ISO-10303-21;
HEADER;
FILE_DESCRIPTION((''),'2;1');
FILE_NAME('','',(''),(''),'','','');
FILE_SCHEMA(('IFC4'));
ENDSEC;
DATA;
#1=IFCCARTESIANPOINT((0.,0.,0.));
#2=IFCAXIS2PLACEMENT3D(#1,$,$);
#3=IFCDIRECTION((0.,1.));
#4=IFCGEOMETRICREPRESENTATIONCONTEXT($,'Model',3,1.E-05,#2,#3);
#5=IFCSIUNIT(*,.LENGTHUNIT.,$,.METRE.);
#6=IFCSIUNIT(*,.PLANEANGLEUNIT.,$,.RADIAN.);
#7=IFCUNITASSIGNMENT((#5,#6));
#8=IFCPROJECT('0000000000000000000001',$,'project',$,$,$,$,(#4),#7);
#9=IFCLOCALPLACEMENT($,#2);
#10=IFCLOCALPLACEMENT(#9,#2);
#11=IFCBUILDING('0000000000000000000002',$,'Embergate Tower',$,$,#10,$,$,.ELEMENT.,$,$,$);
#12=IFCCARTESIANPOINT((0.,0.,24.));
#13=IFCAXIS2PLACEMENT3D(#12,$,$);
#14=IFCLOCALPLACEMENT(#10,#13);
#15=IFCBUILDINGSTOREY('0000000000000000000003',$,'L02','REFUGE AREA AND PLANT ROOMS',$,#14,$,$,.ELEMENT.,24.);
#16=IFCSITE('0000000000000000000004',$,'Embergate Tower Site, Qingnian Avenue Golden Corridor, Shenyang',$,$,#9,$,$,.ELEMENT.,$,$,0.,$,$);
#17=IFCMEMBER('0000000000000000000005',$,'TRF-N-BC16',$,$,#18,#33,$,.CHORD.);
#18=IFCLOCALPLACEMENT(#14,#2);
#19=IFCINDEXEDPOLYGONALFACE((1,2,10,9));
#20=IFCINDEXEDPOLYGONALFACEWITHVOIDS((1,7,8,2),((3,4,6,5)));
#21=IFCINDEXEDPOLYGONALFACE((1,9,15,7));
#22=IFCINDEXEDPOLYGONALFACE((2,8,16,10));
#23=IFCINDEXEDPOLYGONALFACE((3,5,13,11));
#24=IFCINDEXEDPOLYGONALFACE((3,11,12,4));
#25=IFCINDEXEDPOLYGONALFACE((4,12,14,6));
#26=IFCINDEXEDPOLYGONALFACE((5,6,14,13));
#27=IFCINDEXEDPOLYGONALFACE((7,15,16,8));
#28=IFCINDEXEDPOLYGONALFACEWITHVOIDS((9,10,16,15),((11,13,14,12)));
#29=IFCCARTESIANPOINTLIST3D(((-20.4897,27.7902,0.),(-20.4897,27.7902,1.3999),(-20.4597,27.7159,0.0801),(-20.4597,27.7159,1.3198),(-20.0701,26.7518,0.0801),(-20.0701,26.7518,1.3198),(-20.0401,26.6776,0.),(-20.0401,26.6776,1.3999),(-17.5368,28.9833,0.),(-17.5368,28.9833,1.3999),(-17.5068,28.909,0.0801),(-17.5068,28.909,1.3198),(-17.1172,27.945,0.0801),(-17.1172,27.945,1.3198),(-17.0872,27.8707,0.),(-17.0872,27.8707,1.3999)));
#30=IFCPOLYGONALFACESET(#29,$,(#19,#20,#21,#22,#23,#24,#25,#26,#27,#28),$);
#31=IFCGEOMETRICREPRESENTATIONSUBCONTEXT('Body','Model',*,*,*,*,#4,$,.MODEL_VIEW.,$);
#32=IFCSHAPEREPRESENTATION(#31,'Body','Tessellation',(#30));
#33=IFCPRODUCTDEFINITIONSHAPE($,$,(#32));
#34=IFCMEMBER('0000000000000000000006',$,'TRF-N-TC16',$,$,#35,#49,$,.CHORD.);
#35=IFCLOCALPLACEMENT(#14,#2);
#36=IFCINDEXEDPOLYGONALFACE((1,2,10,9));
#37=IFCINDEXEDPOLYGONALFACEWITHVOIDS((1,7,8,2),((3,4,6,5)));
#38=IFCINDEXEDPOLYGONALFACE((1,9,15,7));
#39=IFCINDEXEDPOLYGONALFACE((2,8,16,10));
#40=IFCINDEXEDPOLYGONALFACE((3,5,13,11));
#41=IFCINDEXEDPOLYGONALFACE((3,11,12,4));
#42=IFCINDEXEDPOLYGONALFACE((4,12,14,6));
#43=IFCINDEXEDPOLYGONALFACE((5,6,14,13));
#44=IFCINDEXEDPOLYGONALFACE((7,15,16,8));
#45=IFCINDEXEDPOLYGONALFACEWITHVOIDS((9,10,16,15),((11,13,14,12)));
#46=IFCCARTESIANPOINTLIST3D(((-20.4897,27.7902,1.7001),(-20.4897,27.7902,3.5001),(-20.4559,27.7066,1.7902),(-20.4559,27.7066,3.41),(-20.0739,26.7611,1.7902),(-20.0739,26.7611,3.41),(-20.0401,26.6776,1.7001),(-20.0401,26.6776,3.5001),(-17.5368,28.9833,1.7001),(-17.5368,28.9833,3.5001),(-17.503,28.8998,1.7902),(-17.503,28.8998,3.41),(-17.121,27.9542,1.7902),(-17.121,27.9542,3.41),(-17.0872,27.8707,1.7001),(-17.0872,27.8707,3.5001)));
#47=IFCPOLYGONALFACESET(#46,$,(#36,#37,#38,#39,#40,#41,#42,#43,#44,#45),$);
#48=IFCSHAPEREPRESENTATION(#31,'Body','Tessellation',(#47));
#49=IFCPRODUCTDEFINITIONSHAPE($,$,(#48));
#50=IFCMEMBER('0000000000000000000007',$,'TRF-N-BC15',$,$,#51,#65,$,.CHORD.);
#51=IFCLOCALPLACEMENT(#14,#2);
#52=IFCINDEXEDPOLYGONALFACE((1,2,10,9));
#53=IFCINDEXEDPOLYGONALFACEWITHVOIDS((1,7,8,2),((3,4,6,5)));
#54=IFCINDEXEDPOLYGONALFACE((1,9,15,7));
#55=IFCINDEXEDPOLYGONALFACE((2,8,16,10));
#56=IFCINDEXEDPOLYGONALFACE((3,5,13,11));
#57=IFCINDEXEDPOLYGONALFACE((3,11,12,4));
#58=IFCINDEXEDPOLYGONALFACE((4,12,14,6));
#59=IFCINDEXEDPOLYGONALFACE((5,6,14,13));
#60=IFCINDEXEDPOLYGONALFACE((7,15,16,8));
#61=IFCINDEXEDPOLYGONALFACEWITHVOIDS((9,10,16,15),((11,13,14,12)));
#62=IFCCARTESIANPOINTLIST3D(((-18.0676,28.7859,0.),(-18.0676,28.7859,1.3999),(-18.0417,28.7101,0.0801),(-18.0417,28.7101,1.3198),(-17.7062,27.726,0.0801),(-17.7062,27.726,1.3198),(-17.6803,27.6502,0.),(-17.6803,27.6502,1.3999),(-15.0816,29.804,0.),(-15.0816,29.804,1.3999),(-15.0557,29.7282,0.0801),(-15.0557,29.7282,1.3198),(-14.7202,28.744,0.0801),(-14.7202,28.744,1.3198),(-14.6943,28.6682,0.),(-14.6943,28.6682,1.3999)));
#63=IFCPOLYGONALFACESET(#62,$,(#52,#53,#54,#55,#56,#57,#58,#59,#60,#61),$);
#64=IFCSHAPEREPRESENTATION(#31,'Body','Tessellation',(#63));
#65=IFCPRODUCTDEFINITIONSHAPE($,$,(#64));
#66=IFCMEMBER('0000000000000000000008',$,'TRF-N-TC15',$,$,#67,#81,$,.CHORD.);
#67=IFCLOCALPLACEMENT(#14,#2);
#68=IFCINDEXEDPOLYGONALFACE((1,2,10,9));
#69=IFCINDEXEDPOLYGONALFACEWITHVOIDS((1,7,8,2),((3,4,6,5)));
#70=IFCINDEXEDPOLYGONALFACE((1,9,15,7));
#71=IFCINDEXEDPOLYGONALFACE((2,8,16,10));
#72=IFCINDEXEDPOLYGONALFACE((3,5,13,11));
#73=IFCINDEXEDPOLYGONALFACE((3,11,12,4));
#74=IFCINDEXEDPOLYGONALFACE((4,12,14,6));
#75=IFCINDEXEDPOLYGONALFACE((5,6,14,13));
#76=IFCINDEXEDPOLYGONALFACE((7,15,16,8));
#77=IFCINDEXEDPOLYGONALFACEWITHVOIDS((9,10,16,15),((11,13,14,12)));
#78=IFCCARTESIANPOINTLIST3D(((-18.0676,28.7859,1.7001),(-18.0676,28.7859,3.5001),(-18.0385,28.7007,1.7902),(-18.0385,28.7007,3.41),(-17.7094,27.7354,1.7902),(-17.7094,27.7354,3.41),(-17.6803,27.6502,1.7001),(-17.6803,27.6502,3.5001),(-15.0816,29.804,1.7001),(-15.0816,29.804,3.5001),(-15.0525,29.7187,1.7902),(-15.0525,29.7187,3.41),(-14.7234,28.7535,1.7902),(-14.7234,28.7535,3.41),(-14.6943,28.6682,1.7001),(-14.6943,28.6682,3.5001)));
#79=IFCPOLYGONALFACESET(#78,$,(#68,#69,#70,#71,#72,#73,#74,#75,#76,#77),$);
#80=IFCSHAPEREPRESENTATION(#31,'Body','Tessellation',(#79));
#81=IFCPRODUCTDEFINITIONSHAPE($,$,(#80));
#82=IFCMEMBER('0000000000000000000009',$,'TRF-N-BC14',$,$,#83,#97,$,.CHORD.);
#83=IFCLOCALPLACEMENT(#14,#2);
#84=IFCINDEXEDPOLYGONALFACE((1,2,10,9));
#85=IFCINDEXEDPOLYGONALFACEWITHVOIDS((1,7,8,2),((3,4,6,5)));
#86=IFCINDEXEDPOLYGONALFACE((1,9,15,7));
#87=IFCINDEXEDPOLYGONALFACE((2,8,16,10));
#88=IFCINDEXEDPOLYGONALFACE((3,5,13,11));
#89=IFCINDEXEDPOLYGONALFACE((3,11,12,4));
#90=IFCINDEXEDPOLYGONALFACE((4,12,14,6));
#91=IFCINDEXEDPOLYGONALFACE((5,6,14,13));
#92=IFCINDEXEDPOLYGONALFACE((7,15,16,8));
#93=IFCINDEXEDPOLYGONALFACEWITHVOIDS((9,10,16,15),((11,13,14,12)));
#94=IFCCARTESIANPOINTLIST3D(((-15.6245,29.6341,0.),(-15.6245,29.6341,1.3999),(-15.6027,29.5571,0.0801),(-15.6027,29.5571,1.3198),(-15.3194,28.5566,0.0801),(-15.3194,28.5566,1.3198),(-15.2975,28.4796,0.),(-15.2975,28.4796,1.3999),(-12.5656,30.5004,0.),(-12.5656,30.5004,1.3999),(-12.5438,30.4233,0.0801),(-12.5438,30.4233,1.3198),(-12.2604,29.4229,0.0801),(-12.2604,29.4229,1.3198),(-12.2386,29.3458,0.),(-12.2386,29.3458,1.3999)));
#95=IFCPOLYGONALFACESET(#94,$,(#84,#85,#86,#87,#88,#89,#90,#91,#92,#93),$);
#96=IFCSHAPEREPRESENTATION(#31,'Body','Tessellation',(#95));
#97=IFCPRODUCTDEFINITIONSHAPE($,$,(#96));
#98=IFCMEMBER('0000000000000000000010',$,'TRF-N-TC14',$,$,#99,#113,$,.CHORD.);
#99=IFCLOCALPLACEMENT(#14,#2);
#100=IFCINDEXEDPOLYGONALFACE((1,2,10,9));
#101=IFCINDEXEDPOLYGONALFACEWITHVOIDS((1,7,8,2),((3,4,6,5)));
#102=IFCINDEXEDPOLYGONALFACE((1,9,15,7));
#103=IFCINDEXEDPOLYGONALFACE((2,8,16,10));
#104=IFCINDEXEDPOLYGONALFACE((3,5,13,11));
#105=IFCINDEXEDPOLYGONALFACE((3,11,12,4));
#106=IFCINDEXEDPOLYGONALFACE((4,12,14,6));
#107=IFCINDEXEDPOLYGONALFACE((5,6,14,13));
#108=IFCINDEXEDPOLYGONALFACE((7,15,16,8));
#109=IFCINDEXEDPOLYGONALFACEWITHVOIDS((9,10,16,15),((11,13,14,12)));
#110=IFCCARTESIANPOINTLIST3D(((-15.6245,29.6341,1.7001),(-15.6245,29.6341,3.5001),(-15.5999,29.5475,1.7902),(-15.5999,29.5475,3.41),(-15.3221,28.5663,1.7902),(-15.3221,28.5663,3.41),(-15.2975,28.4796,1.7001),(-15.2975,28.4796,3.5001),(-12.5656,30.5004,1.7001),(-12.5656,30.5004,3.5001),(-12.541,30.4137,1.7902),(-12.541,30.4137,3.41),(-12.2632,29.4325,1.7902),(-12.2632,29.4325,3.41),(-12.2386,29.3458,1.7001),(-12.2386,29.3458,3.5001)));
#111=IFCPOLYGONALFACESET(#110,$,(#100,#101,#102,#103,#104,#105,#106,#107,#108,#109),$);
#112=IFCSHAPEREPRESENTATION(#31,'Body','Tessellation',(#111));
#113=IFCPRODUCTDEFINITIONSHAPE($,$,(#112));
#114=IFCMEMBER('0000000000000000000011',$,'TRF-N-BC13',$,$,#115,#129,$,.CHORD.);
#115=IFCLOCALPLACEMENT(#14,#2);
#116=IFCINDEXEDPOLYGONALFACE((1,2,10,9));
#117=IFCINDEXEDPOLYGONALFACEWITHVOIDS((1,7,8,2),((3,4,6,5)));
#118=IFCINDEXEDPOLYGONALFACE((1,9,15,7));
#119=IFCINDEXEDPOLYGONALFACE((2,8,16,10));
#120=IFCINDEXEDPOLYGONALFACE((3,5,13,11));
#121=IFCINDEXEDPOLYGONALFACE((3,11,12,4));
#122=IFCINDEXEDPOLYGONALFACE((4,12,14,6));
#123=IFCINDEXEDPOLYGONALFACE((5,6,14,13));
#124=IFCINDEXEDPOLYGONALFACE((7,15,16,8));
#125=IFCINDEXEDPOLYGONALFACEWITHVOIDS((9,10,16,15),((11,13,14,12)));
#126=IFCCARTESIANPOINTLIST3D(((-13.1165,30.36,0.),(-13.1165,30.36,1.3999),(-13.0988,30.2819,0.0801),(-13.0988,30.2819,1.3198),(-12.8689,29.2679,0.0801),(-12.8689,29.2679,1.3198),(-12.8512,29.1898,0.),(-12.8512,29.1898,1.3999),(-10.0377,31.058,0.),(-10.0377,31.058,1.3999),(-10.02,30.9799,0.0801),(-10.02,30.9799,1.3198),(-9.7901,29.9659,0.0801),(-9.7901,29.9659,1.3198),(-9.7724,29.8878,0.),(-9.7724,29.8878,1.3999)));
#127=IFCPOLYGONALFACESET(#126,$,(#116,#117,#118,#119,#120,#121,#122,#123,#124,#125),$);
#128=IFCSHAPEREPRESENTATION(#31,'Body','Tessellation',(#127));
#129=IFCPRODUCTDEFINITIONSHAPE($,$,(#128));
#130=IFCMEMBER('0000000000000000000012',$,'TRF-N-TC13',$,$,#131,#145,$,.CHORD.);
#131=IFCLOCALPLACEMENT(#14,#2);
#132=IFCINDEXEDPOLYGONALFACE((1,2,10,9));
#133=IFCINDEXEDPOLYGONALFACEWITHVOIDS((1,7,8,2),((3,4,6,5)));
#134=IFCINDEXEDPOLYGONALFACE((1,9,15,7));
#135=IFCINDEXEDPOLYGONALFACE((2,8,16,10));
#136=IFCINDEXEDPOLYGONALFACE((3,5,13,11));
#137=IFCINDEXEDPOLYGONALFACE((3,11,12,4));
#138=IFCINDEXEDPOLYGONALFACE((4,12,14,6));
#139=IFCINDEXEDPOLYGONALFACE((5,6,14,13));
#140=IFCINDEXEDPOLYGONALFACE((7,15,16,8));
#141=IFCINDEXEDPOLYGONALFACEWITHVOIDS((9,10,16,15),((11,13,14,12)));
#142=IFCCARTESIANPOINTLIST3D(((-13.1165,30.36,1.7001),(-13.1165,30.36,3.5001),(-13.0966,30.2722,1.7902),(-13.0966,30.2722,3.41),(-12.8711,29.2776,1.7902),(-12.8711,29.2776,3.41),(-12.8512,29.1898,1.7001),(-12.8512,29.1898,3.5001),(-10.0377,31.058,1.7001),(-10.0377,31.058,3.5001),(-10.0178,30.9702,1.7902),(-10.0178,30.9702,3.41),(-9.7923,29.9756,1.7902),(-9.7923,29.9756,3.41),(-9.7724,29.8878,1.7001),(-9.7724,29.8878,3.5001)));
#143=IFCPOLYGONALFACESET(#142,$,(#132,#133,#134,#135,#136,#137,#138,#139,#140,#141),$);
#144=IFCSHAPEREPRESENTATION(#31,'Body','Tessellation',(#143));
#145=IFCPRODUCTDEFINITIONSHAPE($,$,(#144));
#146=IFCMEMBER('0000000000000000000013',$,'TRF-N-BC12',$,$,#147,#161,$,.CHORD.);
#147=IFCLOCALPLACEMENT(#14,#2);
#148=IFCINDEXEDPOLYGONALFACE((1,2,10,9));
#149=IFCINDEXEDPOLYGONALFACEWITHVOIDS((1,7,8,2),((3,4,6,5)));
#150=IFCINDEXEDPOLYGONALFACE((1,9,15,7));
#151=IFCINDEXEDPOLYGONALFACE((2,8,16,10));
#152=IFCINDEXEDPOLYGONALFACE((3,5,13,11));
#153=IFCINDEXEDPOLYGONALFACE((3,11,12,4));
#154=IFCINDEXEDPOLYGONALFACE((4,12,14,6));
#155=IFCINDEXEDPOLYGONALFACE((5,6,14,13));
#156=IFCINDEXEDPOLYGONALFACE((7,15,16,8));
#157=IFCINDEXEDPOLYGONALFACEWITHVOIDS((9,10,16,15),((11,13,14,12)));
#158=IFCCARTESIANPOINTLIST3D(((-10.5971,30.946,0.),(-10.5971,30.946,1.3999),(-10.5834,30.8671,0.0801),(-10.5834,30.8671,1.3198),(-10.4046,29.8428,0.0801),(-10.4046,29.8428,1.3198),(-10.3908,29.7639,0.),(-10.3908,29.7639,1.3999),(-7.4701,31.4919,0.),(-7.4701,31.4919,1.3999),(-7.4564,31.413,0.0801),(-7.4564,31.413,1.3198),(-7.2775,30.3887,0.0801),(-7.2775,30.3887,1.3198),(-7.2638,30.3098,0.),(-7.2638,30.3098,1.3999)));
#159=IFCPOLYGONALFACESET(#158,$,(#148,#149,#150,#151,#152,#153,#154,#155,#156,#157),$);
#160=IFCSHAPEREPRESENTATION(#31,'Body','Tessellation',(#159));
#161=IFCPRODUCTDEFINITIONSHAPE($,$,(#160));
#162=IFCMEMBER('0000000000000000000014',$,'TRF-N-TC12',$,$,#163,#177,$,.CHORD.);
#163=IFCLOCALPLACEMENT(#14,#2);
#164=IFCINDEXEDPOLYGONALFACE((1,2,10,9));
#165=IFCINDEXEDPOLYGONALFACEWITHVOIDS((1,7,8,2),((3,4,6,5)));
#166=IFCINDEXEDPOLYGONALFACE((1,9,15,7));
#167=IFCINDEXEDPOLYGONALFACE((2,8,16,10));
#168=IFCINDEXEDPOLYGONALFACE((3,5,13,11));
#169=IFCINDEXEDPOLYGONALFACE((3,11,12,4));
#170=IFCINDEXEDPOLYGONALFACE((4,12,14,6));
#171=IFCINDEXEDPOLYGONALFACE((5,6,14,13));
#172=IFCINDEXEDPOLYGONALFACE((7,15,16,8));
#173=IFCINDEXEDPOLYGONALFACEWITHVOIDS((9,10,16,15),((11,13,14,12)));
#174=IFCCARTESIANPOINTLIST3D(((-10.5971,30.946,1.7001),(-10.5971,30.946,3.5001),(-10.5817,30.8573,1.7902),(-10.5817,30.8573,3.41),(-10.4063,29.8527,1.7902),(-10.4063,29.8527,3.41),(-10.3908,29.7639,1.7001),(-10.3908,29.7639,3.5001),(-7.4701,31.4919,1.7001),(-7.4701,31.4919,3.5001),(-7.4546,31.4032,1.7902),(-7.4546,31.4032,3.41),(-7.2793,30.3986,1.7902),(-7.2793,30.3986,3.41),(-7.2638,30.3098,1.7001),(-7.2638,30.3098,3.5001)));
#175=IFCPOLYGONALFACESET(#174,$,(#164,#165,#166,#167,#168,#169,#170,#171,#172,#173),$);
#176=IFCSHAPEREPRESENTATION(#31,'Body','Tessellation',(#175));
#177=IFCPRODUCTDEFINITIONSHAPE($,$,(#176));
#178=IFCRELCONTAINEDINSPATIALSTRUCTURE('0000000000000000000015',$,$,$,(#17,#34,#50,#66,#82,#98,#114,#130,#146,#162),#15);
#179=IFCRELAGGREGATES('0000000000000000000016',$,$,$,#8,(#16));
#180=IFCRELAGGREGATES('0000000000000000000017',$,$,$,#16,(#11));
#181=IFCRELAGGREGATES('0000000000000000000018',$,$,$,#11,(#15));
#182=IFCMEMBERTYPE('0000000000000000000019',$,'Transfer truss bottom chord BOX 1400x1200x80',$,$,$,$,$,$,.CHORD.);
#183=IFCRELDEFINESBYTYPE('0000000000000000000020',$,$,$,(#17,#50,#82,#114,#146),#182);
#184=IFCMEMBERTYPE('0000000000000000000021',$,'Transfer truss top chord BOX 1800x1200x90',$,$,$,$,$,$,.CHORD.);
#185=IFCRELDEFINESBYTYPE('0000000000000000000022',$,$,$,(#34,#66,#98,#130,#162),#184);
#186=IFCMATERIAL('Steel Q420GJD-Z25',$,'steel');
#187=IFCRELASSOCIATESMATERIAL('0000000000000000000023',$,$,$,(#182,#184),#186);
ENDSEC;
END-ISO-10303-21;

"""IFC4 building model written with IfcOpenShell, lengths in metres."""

from ifc_helpers import new_model, si_unit, direction, frame, origin, origin_2d, place, context, subcontext, project, spatial, hollow_rectangle, extrude, source, transform, mapped, material, material_profile, profile_set, type_object, element, save


model = new_model("IFC4")

# Units and contexts
model_context = context("Model", 3, precision=1e-05, world=origin(), true_north=direction((0.0, 1.0)))
body_context = subcontext(model_context, "Body", "Model", "MODEL_VIEW")
ifc_project = project(units=[si_unit("LENGTHUNIT", "METRE"), si_unit("PLANEANGLEUNIT", "RADIAN")], contexts=[model_context])

# Site, building, storey
site_placement = place(None, origin())
site = spatial("IfcSite", under=ifc_project, at=site_placement, Name="Embergate Tower Site, Qingnian Avenue Golden Corridor, Shenyang", CompositionType="ELEMENT", RefElevation=0.0)
building_placement = place(site_placement, origin())
building = spatial("IfcBuilding", under=site, at=building_placement, Name="Embergate Tower", CompositionType="ELEMENT")
storey_placement = place(building_placement, frame((0.0, 0.0, 24.0)))
storey = spatial("IfcBuildingStorey", under=building, at=storey_placement, Name="L02", Description="REFUGE AREA AND PLANT ROOMS", CompositionType="ELEMENT", Elevation=24.0)

# Members
ifc_material_1 = material(Name="Steel Q420GJD-Z25", Category="steel")
ifc_material_profile_1 = material_profile(ifc_material_1, hollow_rectangle(XDim=1.2, YDim=1.3999, WallThickness=0.0801, at=origin_2d()), Name="BOX 1400x1200x80")
ifc_profile_set_1 = profile_set([ifc_material_profile_1], Name="Steel Q420 grade GJD-Z25")
member_type_1 = type_object("IfcMemberType", Name="Transfer truss bottom chord BOX 1400x1200x80", PredefinedType="CHORD", material=ifc_profile_set_1)
shared_shape_1 = source(origin(), body_context, "Body", "SweptSolid", [
    extrude(hollow_rectangle(XDim=1.2, YDim=1.3999, WallThickness=0.0801, at=origin_2d()), origin(), (0.0, 0.0, 1.0), 3.1848),
])
member_1_placement = place(storey_placement, frame((-17.312, 28.427, 0.7), z_axis=(-0.927176, -0.374627, 0.0), x_axis=(0.374627, -0.927176, 0.0)))
element("IfcMember", 1, at=member_1_placement, inside=storey, type_object=member_type_1, Name="TRF-N-BC16", PredefinedType="CHORD", context=body_context, shape_type="MappedRepresentation", body=[
    mapped(shared_shape_1, transform((0.0, 0.0, 0.0))),
])
ifc_material_profile_2 = material_profile(ifc_material_1, hollow_rectangle(XDim=1.2, YDim=1.8, WallThickness=0.0901, at=origin_2d()), Name="BOX 1800x1200x90")
ifc_profile_set_2 = profile_set([ifc_material_profile_2], Name="Steel Q420 grade GJD-Z25")
member_type_2 = type_object("IfcMemberType", Name="Transfer truss top chord BOX 1800x1200x90", PredefinedType="CHORD", material=ifc_profile_set_2)
shared_shape_2 = source(origin(), body_context, "Body", "SweptSolid", [
    extrude(hollow_rectangle(XDim=1.2, YDim=1.8, WallThickness=0.0901, at=origin_2d()), origin(), (0.0, 0.0, 1.0), 3.1848),
])
member_2_placement = place(storey_placement, frame((-17.312, 28.427, 2.6001), z_axis=(-0.927176, -0.374627, 0.0), x_axis=(0.374627, -0.927176, 0.0)))
element("IfcMember", 2, at=member_2_placement, inside=storey, type_object=member_type_2, Name="TRF-N-TC16", PredefinedType="CHORD", context=body_context, shape_type="MappedRepresentation", body=[
    mapped(shared_shape_2, transform((0.0, 0.0, 0.0))),
])
shared_shape_3 = source(origin(), body_context, "Body", "SweptSolid", [
    extrude(hollow_rectangle(XDim=1.2, YDim=1.3999, WallThickness=0.0801, at=origin_2d()), origin(), (0.0, 0.0, 1.0), 3.1548),
])
member_3_placement = place(storey_placement, frame((-14.8879, 29.2361, 0.7), z_axis=(-0.946502, -0.322698, 0.0), x_axis=(0.322698, -0.946502, 0.0)))
element("IfcMember", 3, at=member_3_placement, inside=storey, type_object=member_type_1, Name="TRF-N-BC15", PredefinedType="CHORD", context=body_context, shape_type="MappedRepresentation", body=[
    mapped(shared_shape_3, transform((0.0, 0.0, 0.0))),
])
shared_shape_4 = source(origin(), body_context, "Body", "SweptSolid", [
    extrude(hollow_rectangle(XDim=1.2, YDim=1.8, WallThickness=0.0901, at=origin_2d()), origin(), (0.0, 0.0, 1.0), 3.1548),
])
member_4_placement = place(storey_placement, frame((-14.8879, 29.2361, 2.6001), z_axis=(-0.946502, -0.322698, 0.0), x_axis=(0.322698, -0.946502, 0.0)))
element("IfcMember", 4, at=member_4_placement, inside=storey, type_object=member_type_2, Name="TRF-N-TC15", PredefinedType="CHORD", context=body_context, shape_type="MappedRepresentation", body=[
    mapped(shared_shape_4, transform((0.0, 0.0, 0.0))),
])
shared_shape_5 = source(origin(), body_context, "Body", "SweptSolid", [
    extrude(hollow_rectangle(XDim=1.2, YDim=1.3999, WallThickness=0.0801, at=origin_2d()), origin(), (0.0, 0.0, 1.0), 3.1792),
])
member_5_placement = place(storey_placement, frame((-12.4021, 29.9231, 0.7), z_axis=(-0.962165, -0.272469, 0.0), x_axis=(0.272469, -0.962165, 0.0)))
element("IfcMember", 5, at=member_5_placement, inside=storey, type_object=member_type_1, Name="TRF-N-BC14", PredefinedType="CHORD", context=body_context, shape_type="MappedRepresentation", body=[
    mapped(shared_shape_5, transform((0.0, 0.0, 0.0))),
])
shared_shape_6 = source(origin(), body_context, "Body", "SweptSolid", [
    extrude(hollow_rectangle(XDim=1.2, YDim=1.8, WallThickness=0.0901, at=origin_2d()), origin(), (0.0, 0.0, 1.0), 3.1792),
])
member_6_placement = place(storey_placement, frame((-12.4021, 29.9231, 2.6001), z_axis=(-0.962165, -0.272469, 0.0), x_axis=(0.272469, -0.962165, 0.0)))
element("IfcMember", 6, at=member_6_placement, inside=storey, type_object=member_type_2, Name="TRF-N-TC14", PredefinedType="CHORD", context=body_context, shape_type="MappedRepresentation", body=[
    mapped(shared_shape_6, transform((0.0, 0.0, 0.0))),
])
shared_shape_7 = source(origin(), body_context, "Body", "SweptSolid", [
    extrude(hollow_rectangle(XDim=1.2, YDim=1.3999, WallThickness=0.0801, at=origin_2d()), origin(), (0.0, 0.0, 1.0), 3.157),
])
member_7_placement = place(storey_placement, frame((-9.905, 30.4729, 0.7), z_axis=(-0.975252, -0.221096, 0.0), x_axis=(0.221096, -0.975252, 0.0)))
element("IfcMember", 7, at=member_7_placement, inside=storey, type_object=member_type_1, Name="TRF-N-BC13", PredefinedType="CHORD", context=body_context, shape_type="MappedRepresentation", body=[
    mapped(shared_shape_7, transform((0.0, 0.0, 0.0))),
])
shared_shape_8 = source(origin(), body_context, "Body", "SweptSolid", [
    extrude(hollow_rectangle(XDim=1.2, YDim=1.8, WallThickness=0.0901, at=origin_2d()), origin(), (0.0, 0.0, 1.0), 3.157),
])
member_8_placement = place(storey_placement, frame((-9.905, 30.4729, 2.6001), z_axis=(-0.975252, -0.221096, 0.0), x_axis=(0.221096, -0.975252, 0.0)))
element("IfcMember", 8, at=member_8_placement, inside=storey, type_object=member_type_2, Name="TRF-N-TC13", PredefinedType="CHORD", context=body_context, shape_type="MappedRepresentation", body=[
    mapped(shared_shape_8, transform((0.0, 0.0, 0.0))),
])
shared_shape_9 = source(origin(), body_context, "Body", "SweptSolid", [
    extrude(hollow_rectangle(XDim=1.2, YDim=1.3999, WallThickness=0.0801, at=origin_2d()), origin(), (0.0, 0.0, 1.0), 3.1743),
])
member_9_placement = place(storey_placement, frame((-7.3669, 30.9009, 0.7), z_axis=(-0.985101, -0.171977, 0.0), x_axis=(0.171977, -0.985101, 0.0)))
element("IfcMember", 9, at=member_9_placement, inside=storey, type_object=member_type_1, Name="TRF-N-BC12", PredefinedType="CHORD", context=body_context, shape_type="MappedRepresentation", body=[
    mapped(shared_shape_9, transform((0.0, 0.0, 0.0))),
])
shared_shape_10 = source(origin(), body_context, "Body", "SweptSolid", [
    extrude(hollow_rectangle(XDim=1.2, YDim=1.8, WallThickness=0.0901, at=origin_2d()), origin(), (0.0, 0.0, 1.0), 3.1743),
])
member_10_placement = place(storey_placement, frame((-7.3669, 30.9009, 2.6001), z_axis=(-0.985101, -0.171977, 0.0), x_axis=(0.171977, -0.985101, 0.0)))
element("IfcMember", 10, at=member_10_placement, inside=storey, type_object=member_type_2, Name="TRF-N-TC12", PredefinedType="CHORD", context=body_context, shape_type="MappedRepresentation", body=[
    mapped(shared_shape_10, transform((0.0, 0.0, 0.0))),
])

save(model, "model.ifc")
